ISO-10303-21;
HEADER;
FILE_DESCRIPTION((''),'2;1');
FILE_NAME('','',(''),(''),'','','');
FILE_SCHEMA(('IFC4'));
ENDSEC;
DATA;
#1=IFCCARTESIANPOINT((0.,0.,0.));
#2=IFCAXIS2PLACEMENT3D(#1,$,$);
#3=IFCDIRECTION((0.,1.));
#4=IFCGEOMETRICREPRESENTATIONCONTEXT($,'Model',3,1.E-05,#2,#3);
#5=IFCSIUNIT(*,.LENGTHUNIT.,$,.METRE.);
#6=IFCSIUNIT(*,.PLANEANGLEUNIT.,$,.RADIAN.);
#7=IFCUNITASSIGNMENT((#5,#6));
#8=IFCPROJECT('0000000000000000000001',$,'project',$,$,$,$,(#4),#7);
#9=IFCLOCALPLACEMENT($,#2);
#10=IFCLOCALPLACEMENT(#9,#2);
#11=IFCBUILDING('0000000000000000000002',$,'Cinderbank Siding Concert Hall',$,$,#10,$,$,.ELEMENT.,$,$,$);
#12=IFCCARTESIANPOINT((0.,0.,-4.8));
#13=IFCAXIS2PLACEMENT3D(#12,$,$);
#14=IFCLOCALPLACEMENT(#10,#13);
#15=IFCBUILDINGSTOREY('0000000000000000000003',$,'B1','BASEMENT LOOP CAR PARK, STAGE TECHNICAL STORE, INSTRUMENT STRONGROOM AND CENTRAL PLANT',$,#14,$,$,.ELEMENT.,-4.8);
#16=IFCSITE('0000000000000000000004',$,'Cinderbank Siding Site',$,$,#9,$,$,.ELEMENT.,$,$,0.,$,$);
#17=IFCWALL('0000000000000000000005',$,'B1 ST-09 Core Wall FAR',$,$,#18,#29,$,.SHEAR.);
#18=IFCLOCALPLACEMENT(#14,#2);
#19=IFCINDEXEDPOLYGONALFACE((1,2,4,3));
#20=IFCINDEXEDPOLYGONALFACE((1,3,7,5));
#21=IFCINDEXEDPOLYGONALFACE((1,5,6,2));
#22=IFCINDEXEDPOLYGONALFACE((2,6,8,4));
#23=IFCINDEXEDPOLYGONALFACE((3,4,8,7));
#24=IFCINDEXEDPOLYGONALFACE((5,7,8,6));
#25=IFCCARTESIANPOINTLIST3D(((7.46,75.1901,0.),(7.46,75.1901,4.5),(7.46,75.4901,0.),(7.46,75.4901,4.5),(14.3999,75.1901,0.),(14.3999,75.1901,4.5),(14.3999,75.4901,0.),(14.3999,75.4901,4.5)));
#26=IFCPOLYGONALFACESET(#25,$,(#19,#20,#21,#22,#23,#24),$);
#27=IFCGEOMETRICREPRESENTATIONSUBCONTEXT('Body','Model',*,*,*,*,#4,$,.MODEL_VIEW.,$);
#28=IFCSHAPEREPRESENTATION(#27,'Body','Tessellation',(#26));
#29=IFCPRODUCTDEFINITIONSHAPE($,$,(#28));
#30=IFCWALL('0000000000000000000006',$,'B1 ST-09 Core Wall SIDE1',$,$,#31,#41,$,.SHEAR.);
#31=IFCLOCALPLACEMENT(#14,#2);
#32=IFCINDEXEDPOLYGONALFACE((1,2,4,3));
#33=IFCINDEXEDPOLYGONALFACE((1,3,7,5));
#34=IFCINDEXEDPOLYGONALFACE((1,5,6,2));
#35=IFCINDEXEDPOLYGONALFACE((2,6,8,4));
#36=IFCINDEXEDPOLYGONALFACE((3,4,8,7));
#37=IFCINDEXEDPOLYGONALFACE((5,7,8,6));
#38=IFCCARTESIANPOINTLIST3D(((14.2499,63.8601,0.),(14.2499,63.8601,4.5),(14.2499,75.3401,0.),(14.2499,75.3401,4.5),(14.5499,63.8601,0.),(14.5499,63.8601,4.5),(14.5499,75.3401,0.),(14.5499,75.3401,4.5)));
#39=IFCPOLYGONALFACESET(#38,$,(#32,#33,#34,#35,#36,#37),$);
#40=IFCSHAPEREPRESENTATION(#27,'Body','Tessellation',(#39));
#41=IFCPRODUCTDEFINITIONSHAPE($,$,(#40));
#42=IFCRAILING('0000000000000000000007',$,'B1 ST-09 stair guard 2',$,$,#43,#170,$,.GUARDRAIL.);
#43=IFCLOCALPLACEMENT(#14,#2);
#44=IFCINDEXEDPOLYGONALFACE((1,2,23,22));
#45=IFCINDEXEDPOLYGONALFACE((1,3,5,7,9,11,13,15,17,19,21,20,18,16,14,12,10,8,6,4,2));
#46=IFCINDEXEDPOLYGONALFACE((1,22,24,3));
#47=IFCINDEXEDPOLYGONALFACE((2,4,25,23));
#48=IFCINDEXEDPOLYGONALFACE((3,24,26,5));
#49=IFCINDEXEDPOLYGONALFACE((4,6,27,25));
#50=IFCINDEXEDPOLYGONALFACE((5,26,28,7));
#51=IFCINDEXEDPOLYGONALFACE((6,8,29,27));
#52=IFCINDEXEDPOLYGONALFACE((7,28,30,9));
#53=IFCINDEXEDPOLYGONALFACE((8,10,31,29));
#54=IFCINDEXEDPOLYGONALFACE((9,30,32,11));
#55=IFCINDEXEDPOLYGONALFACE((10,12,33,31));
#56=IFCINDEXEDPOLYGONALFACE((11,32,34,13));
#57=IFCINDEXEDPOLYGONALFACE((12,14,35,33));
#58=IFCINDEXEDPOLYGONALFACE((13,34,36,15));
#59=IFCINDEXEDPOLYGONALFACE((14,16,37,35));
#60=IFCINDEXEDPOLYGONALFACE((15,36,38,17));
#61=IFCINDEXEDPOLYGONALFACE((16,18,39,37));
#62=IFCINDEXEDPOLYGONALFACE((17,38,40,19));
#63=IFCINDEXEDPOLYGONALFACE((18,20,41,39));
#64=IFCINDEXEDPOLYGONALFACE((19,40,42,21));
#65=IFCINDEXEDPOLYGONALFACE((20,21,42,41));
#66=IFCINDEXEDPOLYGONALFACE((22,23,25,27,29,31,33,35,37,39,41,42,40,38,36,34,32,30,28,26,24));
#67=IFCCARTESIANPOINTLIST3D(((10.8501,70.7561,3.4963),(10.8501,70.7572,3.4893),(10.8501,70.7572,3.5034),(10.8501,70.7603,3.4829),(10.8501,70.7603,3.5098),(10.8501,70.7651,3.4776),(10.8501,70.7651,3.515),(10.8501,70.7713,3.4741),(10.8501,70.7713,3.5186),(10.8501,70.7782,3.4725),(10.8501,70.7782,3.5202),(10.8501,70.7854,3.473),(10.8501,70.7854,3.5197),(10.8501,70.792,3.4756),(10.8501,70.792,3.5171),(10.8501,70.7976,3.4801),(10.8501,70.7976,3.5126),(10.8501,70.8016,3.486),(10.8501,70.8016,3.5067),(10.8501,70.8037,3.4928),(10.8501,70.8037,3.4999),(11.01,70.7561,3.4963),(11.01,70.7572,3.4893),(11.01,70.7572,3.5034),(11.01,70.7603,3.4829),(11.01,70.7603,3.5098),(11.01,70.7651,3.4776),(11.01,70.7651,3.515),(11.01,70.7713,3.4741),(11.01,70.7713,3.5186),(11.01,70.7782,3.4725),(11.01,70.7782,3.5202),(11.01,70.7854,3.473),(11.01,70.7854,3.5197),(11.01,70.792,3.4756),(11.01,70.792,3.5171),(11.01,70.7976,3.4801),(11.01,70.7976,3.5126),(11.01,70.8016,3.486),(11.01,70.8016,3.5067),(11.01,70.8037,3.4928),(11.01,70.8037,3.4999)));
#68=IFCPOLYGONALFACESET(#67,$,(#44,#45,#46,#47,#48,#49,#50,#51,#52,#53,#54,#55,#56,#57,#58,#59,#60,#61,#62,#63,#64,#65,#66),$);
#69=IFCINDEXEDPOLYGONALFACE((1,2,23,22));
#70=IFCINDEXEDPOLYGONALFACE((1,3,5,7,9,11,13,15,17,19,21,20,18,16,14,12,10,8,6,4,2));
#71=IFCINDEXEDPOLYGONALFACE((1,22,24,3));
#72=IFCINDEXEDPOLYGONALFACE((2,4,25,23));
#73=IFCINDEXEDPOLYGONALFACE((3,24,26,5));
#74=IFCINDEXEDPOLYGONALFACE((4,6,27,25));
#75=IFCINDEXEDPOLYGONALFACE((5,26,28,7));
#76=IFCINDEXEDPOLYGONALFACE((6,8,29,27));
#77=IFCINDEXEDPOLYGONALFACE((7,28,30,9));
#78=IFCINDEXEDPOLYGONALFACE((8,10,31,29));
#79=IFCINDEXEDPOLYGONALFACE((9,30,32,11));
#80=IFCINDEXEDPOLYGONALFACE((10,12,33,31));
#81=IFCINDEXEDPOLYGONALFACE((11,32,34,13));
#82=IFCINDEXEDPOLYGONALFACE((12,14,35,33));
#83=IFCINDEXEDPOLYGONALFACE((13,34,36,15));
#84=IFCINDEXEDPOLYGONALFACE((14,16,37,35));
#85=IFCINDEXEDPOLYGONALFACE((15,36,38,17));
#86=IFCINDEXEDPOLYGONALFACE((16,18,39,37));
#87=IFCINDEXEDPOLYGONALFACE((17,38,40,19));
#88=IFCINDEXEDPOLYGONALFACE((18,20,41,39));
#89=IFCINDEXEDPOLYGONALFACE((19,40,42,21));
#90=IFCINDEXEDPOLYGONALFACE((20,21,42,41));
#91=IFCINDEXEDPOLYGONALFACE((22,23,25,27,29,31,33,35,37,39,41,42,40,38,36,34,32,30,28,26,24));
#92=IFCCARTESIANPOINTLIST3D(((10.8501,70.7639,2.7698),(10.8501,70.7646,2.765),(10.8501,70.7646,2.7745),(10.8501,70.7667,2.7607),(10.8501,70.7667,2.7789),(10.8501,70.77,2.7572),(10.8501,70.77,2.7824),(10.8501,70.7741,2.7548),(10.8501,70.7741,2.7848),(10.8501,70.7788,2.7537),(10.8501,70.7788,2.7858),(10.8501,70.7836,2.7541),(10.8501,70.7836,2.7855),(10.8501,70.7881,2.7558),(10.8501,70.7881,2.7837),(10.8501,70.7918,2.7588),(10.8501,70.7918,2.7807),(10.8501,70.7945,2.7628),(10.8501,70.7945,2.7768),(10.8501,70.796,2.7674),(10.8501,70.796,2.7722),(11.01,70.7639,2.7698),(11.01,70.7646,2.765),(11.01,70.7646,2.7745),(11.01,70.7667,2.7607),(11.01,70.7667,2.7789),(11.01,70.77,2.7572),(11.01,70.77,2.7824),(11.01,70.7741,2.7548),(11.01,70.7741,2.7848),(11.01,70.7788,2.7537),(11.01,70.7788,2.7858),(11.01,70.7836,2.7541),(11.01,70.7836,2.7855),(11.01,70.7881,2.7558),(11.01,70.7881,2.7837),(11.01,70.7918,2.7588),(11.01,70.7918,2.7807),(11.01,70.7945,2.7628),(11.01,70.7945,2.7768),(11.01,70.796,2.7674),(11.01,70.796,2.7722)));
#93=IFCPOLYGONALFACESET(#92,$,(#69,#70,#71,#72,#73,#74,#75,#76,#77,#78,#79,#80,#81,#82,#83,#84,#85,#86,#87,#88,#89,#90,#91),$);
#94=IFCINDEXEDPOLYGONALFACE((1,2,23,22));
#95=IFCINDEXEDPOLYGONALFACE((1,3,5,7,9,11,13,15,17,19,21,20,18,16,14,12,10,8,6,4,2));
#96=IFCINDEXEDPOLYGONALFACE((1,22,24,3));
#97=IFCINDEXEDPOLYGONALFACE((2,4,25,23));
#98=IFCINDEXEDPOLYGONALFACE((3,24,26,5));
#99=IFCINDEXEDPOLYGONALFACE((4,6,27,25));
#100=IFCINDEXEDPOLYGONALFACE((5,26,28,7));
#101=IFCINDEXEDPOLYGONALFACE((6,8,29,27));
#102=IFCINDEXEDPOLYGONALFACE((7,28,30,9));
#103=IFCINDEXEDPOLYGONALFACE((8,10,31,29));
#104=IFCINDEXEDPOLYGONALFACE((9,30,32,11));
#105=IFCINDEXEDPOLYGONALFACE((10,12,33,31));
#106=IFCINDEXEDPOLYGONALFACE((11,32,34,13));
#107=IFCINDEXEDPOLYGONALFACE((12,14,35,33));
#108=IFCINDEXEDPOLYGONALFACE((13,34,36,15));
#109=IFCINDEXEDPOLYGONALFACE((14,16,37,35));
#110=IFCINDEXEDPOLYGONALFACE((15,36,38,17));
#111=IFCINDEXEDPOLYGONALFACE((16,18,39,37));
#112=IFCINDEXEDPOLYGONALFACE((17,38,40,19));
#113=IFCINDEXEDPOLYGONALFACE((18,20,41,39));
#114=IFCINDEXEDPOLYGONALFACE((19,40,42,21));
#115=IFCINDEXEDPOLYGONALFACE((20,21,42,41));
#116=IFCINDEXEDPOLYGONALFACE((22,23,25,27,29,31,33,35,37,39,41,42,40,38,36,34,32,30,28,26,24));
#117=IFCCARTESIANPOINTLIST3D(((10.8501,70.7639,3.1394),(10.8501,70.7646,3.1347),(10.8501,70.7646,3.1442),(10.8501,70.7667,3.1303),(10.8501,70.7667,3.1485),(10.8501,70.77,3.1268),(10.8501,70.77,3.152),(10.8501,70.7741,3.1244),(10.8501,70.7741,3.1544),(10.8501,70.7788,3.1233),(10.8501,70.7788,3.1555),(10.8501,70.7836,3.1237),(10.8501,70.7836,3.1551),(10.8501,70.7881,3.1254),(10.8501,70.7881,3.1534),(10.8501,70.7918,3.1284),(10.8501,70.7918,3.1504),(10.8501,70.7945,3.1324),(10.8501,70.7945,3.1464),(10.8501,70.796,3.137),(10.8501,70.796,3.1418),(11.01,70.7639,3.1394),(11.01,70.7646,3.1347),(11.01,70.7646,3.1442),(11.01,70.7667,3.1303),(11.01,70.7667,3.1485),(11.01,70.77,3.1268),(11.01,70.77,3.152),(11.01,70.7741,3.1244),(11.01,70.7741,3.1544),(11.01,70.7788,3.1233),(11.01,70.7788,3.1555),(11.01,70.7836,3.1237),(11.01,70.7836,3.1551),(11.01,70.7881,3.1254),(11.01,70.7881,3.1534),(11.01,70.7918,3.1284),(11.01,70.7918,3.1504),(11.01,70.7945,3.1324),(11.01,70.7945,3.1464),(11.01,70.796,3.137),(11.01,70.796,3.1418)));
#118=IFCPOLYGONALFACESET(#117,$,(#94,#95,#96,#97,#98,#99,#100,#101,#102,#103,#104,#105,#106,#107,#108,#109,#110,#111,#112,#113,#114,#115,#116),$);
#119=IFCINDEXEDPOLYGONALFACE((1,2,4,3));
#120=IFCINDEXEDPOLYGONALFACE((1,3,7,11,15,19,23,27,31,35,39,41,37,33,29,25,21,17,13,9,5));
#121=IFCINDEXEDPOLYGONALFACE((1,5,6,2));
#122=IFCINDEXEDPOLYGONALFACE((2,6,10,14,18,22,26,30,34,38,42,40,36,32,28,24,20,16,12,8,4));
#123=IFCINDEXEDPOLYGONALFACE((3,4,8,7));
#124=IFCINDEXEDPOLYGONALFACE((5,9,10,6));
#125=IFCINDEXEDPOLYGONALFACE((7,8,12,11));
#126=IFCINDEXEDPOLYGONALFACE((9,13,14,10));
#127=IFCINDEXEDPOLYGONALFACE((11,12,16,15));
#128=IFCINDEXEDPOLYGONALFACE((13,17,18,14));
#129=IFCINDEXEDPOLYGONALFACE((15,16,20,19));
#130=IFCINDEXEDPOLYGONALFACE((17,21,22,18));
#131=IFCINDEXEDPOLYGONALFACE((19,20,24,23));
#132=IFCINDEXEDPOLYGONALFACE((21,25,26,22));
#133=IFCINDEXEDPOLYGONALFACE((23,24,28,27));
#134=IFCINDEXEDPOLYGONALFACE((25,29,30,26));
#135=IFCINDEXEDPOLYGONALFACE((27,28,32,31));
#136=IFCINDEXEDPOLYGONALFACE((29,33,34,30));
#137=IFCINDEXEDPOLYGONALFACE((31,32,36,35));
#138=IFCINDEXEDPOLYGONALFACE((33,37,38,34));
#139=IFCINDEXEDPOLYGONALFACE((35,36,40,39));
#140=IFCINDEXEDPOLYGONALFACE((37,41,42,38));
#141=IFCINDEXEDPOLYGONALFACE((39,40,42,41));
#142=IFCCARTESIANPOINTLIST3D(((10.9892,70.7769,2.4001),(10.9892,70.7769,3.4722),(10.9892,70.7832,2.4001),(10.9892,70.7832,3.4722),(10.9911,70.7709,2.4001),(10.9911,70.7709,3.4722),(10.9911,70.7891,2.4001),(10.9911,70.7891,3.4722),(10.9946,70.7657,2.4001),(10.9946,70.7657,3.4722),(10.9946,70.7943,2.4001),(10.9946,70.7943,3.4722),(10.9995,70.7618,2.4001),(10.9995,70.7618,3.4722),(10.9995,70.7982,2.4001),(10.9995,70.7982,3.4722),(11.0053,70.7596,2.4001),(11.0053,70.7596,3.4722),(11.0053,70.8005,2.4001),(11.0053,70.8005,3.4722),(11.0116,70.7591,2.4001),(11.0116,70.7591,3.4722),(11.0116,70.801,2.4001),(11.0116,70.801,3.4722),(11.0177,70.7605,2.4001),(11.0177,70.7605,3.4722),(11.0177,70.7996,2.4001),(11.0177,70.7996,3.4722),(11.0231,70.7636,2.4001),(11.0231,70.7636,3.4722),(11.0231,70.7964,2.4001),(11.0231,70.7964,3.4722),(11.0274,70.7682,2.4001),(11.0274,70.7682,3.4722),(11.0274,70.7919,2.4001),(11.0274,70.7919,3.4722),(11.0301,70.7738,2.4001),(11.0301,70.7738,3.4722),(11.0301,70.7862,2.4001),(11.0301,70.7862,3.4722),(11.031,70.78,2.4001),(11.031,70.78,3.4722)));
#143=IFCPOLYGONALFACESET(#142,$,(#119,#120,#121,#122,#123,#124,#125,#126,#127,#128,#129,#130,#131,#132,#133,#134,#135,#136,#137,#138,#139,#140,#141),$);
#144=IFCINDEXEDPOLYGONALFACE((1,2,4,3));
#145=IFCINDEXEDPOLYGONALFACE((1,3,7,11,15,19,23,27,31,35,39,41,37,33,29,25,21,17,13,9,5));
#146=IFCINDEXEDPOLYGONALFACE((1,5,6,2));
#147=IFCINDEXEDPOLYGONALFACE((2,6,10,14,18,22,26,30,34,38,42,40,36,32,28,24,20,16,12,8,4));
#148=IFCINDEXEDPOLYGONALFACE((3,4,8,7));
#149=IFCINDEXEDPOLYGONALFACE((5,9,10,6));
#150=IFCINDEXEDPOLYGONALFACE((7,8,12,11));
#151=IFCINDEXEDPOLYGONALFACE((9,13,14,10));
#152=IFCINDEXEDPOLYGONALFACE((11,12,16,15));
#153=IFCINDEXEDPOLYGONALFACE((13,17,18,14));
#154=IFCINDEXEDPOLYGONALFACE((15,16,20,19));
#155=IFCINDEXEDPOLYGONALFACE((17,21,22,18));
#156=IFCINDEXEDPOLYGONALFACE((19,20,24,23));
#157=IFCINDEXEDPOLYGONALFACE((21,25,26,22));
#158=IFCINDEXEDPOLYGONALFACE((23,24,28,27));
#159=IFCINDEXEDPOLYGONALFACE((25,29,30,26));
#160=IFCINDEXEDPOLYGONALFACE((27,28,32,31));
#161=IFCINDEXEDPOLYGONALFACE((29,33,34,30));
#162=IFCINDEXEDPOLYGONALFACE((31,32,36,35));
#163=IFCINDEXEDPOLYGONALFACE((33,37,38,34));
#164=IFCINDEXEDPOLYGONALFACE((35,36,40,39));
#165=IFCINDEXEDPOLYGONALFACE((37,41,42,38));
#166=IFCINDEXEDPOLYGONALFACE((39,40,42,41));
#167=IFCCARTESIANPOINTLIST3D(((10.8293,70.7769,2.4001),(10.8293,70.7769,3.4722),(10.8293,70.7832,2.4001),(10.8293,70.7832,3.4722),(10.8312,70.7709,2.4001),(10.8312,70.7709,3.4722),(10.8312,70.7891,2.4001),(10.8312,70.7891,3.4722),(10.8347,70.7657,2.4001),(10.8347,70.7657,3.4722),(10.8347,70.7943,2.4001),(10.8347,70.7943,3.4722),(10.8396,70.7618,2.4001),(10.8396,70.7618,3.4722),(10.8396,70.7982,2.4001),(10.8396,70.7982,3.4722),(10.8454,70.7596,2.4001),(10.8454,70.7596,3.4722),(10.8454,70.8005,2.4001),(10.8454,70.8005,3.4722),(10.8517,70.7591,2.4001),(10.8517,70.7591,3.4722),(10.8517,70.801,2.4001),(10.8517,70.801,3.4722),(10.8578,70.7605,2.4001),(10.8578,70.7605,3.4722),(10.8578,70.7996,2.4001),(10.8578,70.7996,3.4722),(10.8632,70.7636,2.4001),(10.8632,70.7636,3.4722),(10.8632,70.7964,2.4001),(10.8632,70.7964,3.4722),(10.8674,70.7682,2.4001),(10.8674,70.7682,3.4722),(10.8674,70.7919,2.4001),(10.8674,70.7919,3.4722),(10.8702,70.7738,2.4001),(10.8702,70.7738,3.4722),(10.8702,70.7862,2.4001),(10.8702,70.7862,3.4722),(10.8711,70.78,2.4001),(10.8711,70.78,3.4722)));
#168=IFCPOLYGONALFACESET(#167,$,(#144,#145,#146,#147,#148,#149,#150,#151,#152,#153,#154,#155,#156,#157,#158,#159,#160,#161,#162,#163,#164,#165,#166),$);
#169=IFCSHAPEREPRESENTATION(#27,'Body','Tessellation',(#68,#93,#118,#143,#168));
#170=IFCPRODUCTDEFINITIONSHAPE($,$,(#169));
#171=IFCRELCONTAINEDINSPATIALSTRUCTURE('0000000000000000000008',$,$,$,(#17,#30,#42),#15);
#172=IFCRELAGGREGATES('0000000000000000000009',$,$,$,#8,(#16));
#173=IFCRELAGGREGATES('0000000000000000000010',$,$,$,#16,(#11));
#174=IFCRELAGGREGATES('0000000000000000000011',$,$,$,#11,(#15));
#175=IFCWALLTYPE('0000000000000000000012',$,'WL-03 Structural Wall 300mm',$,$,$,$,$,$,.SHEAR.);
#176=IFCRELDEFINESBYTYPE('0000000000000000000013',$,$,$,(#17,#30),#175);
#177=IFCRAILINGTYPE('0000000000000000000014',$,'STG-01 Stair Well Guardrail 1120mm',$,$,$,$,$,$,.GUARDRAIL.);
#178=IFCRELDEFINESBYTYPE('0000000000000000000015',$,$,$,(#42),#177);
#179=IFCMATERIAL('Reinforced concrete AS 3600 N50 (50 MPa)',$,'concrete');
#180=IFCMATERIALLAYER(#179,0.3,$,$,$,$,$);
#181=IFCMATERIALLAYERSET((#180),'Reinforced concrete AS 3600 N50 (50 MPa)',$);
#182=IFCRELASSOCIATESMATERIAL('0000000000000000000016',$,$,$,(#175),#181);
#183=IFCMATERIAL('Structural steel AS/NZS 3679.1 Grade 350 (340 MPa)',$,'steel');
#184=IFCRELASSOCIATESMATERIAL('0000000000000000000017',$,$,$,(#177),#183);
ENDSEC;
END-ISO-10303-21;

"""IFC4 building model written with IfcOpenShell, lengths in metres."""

from ifc_helpers import new_model, si_unit, direction, frame, frame_2d, origin, origin_2d, place, context, subcontext, project, spatial, rectangle, circle, extrude, material, layer, layer_set, type_object, element, save


model = new_model("IFC4")

# Units and contexts
model_context = context("Model", 3, precision=1e-05, world=origin(), true_north=direction((0.0, 1.0)))
body_context = subcontext(model_context, "Body", "Model", "MODEL_VIEW")
ifc_project = project(units=[si_unit("LENGTHUNIT", "METRE"), si_unit("PLANEANGLEUNIT", "RADIAN")], contexts=[model_context])

# Site, building, storey
site_placement = place(None, origin())
site = spatial("IfcSite", under=ifc_project, at=site_placement, Name="Cinderbank Siding Site", CompositionType="ELEMENT", RefElevation=0.0)
building_placement = place(site_placement, origin())
building = spatial("IfcBuilding", under=site, at=building_placement, Name="Cinderbank Siding Concert Hall", CompositionType="ELEMENT")
storey_placement = place(building_placement, frame((0.0, 0.0, -4.8)))
storey = spatial("IfcBuildingStorey", under=building, at=storey_placement, Name="B1", Description="BASEMENT LOOP CAR PARK, STAGE TECHNICAL STORE, INSTRUMENT STRONGROOM AND CENTRAL PLANT", CompositionType="ELEMENT", Elevation=-4.8)

# Shared definitions
ifc_material_1 = material(Name="Reinforced concrete AS 3600 N50 (50 MPa)", Category="concrete")

# Shared definitions
ifc_material_2 = material(Name="Structural steel AS/NZS 3679.1 Grade 350 (340 MPa)", Category="steel")

# Walls
ifc_layer_1 = layer(ifc_material_1, 0.3)
ifc_layer_set_1 = layer_set([ifc_layer_1], Name="Reinforced concrete AS 3600 N50 (50 MPa)")
wall_type = type_object("IfcWallType", Name="WL-03 Structural Wall 300mm", PredefinedType="SHEAR", material=ifc_layer_set_1)
wall_1_placement = place(storey_placement, frame((7.46, 75.3401, 0.0), z_axis=(0.0, 0.0, 1.0), x_axis=(1.0, 0.0, 0.0)))
element("IfcWall", 1, at=wall_1_placement, inside=storey, type_object=wall_type, Name="B1 ST-09 Core Wall FAR", PredefinedType="SHEAR", context=body_context, shape_type="SweptSolid", body=[
    extrude(rectangle(XDim=6.9399, YDim=0.3, at=frame_2d((3.47, 0.0))), origin(), (0.0, 0.0, 1.0), 4.5),
])
wall_2_placement = place(storey_placement, frame((14.3999, 75.3401, 0.0), z_axis=(0.0, 0.0, 1.0), x_axis=(0.0, -1.0, 0.0)))
element("IfcWall", 2, at=wall_2_placement, inside=storey, type_object=wall_type, Name="B1 ST-09 Core Wall SIDE1", PredefinedType="SHEAR", context=body_context, shape_type="SweptSolid", body=[
    extrude(rectangle(XDim=11.48, YDim=0.3, at=frame_2d((5.74, 0.0))), origin(), (0.0, 0.0, 1.0), 4.5),
])

# Railing
railing_type = type_object("IfcRailingType", Name="STG-01 Stair Well Guardrail 1120mm", PredefinedType="GUARDRAIL", material=ifc_material_2)
railing_1_placement = place(storey_placement, frame((11.01, 70.78, 2.4001)))
element("IfcRailing", 3, at=railing_1_placement, inside=storey, type_object=railing_type, Name="B1 ST-09 stair guard 2", PredefinedType="GUARDRAIL", context=body_context, shape_type="SweptSolid", body=[
    extrude(circle(Radius=0.0239, at=origin_2d()), frame((0.0, 0.0, 1.0962), z_axis=(-1.0, 0.0, 0.0), x_axis=(0.0, -1.0, 0.0)), (0.0, 0.0, 1.0), 0.1599),
    extrude(circle(Radius=0.0161, at=origin_2d()), frame((0.0, 0.0, 0.3696), z_axis=(-1.0, 0.0, 0.0), x_axis=(0.0, -1.0, 0.0)), (0.0, 0.0, 1.0), 0.1599),
    extrude(circle(Radius=0.0161, at=origin_2d()), frame((0.0, 0.0, 0.7393), z_axis=(-1.0, 0.0, 0.0), x_axis=(0.0, -1.0, 0.0)), (0.0, 0.0, 1.0), 0.1599),
    extrude(circle(Radius=0.021, at=origin_2d()), origin(), (0.0, 0.0, 1.0), 1.072),
    extrude(circle(Radius=0.021, at=origin_2d()), frame((-0.1599, 0.0, 0.0)), (0.0, 0.0, 1.0), 1.072),
])

save(model, "model.ifc")
